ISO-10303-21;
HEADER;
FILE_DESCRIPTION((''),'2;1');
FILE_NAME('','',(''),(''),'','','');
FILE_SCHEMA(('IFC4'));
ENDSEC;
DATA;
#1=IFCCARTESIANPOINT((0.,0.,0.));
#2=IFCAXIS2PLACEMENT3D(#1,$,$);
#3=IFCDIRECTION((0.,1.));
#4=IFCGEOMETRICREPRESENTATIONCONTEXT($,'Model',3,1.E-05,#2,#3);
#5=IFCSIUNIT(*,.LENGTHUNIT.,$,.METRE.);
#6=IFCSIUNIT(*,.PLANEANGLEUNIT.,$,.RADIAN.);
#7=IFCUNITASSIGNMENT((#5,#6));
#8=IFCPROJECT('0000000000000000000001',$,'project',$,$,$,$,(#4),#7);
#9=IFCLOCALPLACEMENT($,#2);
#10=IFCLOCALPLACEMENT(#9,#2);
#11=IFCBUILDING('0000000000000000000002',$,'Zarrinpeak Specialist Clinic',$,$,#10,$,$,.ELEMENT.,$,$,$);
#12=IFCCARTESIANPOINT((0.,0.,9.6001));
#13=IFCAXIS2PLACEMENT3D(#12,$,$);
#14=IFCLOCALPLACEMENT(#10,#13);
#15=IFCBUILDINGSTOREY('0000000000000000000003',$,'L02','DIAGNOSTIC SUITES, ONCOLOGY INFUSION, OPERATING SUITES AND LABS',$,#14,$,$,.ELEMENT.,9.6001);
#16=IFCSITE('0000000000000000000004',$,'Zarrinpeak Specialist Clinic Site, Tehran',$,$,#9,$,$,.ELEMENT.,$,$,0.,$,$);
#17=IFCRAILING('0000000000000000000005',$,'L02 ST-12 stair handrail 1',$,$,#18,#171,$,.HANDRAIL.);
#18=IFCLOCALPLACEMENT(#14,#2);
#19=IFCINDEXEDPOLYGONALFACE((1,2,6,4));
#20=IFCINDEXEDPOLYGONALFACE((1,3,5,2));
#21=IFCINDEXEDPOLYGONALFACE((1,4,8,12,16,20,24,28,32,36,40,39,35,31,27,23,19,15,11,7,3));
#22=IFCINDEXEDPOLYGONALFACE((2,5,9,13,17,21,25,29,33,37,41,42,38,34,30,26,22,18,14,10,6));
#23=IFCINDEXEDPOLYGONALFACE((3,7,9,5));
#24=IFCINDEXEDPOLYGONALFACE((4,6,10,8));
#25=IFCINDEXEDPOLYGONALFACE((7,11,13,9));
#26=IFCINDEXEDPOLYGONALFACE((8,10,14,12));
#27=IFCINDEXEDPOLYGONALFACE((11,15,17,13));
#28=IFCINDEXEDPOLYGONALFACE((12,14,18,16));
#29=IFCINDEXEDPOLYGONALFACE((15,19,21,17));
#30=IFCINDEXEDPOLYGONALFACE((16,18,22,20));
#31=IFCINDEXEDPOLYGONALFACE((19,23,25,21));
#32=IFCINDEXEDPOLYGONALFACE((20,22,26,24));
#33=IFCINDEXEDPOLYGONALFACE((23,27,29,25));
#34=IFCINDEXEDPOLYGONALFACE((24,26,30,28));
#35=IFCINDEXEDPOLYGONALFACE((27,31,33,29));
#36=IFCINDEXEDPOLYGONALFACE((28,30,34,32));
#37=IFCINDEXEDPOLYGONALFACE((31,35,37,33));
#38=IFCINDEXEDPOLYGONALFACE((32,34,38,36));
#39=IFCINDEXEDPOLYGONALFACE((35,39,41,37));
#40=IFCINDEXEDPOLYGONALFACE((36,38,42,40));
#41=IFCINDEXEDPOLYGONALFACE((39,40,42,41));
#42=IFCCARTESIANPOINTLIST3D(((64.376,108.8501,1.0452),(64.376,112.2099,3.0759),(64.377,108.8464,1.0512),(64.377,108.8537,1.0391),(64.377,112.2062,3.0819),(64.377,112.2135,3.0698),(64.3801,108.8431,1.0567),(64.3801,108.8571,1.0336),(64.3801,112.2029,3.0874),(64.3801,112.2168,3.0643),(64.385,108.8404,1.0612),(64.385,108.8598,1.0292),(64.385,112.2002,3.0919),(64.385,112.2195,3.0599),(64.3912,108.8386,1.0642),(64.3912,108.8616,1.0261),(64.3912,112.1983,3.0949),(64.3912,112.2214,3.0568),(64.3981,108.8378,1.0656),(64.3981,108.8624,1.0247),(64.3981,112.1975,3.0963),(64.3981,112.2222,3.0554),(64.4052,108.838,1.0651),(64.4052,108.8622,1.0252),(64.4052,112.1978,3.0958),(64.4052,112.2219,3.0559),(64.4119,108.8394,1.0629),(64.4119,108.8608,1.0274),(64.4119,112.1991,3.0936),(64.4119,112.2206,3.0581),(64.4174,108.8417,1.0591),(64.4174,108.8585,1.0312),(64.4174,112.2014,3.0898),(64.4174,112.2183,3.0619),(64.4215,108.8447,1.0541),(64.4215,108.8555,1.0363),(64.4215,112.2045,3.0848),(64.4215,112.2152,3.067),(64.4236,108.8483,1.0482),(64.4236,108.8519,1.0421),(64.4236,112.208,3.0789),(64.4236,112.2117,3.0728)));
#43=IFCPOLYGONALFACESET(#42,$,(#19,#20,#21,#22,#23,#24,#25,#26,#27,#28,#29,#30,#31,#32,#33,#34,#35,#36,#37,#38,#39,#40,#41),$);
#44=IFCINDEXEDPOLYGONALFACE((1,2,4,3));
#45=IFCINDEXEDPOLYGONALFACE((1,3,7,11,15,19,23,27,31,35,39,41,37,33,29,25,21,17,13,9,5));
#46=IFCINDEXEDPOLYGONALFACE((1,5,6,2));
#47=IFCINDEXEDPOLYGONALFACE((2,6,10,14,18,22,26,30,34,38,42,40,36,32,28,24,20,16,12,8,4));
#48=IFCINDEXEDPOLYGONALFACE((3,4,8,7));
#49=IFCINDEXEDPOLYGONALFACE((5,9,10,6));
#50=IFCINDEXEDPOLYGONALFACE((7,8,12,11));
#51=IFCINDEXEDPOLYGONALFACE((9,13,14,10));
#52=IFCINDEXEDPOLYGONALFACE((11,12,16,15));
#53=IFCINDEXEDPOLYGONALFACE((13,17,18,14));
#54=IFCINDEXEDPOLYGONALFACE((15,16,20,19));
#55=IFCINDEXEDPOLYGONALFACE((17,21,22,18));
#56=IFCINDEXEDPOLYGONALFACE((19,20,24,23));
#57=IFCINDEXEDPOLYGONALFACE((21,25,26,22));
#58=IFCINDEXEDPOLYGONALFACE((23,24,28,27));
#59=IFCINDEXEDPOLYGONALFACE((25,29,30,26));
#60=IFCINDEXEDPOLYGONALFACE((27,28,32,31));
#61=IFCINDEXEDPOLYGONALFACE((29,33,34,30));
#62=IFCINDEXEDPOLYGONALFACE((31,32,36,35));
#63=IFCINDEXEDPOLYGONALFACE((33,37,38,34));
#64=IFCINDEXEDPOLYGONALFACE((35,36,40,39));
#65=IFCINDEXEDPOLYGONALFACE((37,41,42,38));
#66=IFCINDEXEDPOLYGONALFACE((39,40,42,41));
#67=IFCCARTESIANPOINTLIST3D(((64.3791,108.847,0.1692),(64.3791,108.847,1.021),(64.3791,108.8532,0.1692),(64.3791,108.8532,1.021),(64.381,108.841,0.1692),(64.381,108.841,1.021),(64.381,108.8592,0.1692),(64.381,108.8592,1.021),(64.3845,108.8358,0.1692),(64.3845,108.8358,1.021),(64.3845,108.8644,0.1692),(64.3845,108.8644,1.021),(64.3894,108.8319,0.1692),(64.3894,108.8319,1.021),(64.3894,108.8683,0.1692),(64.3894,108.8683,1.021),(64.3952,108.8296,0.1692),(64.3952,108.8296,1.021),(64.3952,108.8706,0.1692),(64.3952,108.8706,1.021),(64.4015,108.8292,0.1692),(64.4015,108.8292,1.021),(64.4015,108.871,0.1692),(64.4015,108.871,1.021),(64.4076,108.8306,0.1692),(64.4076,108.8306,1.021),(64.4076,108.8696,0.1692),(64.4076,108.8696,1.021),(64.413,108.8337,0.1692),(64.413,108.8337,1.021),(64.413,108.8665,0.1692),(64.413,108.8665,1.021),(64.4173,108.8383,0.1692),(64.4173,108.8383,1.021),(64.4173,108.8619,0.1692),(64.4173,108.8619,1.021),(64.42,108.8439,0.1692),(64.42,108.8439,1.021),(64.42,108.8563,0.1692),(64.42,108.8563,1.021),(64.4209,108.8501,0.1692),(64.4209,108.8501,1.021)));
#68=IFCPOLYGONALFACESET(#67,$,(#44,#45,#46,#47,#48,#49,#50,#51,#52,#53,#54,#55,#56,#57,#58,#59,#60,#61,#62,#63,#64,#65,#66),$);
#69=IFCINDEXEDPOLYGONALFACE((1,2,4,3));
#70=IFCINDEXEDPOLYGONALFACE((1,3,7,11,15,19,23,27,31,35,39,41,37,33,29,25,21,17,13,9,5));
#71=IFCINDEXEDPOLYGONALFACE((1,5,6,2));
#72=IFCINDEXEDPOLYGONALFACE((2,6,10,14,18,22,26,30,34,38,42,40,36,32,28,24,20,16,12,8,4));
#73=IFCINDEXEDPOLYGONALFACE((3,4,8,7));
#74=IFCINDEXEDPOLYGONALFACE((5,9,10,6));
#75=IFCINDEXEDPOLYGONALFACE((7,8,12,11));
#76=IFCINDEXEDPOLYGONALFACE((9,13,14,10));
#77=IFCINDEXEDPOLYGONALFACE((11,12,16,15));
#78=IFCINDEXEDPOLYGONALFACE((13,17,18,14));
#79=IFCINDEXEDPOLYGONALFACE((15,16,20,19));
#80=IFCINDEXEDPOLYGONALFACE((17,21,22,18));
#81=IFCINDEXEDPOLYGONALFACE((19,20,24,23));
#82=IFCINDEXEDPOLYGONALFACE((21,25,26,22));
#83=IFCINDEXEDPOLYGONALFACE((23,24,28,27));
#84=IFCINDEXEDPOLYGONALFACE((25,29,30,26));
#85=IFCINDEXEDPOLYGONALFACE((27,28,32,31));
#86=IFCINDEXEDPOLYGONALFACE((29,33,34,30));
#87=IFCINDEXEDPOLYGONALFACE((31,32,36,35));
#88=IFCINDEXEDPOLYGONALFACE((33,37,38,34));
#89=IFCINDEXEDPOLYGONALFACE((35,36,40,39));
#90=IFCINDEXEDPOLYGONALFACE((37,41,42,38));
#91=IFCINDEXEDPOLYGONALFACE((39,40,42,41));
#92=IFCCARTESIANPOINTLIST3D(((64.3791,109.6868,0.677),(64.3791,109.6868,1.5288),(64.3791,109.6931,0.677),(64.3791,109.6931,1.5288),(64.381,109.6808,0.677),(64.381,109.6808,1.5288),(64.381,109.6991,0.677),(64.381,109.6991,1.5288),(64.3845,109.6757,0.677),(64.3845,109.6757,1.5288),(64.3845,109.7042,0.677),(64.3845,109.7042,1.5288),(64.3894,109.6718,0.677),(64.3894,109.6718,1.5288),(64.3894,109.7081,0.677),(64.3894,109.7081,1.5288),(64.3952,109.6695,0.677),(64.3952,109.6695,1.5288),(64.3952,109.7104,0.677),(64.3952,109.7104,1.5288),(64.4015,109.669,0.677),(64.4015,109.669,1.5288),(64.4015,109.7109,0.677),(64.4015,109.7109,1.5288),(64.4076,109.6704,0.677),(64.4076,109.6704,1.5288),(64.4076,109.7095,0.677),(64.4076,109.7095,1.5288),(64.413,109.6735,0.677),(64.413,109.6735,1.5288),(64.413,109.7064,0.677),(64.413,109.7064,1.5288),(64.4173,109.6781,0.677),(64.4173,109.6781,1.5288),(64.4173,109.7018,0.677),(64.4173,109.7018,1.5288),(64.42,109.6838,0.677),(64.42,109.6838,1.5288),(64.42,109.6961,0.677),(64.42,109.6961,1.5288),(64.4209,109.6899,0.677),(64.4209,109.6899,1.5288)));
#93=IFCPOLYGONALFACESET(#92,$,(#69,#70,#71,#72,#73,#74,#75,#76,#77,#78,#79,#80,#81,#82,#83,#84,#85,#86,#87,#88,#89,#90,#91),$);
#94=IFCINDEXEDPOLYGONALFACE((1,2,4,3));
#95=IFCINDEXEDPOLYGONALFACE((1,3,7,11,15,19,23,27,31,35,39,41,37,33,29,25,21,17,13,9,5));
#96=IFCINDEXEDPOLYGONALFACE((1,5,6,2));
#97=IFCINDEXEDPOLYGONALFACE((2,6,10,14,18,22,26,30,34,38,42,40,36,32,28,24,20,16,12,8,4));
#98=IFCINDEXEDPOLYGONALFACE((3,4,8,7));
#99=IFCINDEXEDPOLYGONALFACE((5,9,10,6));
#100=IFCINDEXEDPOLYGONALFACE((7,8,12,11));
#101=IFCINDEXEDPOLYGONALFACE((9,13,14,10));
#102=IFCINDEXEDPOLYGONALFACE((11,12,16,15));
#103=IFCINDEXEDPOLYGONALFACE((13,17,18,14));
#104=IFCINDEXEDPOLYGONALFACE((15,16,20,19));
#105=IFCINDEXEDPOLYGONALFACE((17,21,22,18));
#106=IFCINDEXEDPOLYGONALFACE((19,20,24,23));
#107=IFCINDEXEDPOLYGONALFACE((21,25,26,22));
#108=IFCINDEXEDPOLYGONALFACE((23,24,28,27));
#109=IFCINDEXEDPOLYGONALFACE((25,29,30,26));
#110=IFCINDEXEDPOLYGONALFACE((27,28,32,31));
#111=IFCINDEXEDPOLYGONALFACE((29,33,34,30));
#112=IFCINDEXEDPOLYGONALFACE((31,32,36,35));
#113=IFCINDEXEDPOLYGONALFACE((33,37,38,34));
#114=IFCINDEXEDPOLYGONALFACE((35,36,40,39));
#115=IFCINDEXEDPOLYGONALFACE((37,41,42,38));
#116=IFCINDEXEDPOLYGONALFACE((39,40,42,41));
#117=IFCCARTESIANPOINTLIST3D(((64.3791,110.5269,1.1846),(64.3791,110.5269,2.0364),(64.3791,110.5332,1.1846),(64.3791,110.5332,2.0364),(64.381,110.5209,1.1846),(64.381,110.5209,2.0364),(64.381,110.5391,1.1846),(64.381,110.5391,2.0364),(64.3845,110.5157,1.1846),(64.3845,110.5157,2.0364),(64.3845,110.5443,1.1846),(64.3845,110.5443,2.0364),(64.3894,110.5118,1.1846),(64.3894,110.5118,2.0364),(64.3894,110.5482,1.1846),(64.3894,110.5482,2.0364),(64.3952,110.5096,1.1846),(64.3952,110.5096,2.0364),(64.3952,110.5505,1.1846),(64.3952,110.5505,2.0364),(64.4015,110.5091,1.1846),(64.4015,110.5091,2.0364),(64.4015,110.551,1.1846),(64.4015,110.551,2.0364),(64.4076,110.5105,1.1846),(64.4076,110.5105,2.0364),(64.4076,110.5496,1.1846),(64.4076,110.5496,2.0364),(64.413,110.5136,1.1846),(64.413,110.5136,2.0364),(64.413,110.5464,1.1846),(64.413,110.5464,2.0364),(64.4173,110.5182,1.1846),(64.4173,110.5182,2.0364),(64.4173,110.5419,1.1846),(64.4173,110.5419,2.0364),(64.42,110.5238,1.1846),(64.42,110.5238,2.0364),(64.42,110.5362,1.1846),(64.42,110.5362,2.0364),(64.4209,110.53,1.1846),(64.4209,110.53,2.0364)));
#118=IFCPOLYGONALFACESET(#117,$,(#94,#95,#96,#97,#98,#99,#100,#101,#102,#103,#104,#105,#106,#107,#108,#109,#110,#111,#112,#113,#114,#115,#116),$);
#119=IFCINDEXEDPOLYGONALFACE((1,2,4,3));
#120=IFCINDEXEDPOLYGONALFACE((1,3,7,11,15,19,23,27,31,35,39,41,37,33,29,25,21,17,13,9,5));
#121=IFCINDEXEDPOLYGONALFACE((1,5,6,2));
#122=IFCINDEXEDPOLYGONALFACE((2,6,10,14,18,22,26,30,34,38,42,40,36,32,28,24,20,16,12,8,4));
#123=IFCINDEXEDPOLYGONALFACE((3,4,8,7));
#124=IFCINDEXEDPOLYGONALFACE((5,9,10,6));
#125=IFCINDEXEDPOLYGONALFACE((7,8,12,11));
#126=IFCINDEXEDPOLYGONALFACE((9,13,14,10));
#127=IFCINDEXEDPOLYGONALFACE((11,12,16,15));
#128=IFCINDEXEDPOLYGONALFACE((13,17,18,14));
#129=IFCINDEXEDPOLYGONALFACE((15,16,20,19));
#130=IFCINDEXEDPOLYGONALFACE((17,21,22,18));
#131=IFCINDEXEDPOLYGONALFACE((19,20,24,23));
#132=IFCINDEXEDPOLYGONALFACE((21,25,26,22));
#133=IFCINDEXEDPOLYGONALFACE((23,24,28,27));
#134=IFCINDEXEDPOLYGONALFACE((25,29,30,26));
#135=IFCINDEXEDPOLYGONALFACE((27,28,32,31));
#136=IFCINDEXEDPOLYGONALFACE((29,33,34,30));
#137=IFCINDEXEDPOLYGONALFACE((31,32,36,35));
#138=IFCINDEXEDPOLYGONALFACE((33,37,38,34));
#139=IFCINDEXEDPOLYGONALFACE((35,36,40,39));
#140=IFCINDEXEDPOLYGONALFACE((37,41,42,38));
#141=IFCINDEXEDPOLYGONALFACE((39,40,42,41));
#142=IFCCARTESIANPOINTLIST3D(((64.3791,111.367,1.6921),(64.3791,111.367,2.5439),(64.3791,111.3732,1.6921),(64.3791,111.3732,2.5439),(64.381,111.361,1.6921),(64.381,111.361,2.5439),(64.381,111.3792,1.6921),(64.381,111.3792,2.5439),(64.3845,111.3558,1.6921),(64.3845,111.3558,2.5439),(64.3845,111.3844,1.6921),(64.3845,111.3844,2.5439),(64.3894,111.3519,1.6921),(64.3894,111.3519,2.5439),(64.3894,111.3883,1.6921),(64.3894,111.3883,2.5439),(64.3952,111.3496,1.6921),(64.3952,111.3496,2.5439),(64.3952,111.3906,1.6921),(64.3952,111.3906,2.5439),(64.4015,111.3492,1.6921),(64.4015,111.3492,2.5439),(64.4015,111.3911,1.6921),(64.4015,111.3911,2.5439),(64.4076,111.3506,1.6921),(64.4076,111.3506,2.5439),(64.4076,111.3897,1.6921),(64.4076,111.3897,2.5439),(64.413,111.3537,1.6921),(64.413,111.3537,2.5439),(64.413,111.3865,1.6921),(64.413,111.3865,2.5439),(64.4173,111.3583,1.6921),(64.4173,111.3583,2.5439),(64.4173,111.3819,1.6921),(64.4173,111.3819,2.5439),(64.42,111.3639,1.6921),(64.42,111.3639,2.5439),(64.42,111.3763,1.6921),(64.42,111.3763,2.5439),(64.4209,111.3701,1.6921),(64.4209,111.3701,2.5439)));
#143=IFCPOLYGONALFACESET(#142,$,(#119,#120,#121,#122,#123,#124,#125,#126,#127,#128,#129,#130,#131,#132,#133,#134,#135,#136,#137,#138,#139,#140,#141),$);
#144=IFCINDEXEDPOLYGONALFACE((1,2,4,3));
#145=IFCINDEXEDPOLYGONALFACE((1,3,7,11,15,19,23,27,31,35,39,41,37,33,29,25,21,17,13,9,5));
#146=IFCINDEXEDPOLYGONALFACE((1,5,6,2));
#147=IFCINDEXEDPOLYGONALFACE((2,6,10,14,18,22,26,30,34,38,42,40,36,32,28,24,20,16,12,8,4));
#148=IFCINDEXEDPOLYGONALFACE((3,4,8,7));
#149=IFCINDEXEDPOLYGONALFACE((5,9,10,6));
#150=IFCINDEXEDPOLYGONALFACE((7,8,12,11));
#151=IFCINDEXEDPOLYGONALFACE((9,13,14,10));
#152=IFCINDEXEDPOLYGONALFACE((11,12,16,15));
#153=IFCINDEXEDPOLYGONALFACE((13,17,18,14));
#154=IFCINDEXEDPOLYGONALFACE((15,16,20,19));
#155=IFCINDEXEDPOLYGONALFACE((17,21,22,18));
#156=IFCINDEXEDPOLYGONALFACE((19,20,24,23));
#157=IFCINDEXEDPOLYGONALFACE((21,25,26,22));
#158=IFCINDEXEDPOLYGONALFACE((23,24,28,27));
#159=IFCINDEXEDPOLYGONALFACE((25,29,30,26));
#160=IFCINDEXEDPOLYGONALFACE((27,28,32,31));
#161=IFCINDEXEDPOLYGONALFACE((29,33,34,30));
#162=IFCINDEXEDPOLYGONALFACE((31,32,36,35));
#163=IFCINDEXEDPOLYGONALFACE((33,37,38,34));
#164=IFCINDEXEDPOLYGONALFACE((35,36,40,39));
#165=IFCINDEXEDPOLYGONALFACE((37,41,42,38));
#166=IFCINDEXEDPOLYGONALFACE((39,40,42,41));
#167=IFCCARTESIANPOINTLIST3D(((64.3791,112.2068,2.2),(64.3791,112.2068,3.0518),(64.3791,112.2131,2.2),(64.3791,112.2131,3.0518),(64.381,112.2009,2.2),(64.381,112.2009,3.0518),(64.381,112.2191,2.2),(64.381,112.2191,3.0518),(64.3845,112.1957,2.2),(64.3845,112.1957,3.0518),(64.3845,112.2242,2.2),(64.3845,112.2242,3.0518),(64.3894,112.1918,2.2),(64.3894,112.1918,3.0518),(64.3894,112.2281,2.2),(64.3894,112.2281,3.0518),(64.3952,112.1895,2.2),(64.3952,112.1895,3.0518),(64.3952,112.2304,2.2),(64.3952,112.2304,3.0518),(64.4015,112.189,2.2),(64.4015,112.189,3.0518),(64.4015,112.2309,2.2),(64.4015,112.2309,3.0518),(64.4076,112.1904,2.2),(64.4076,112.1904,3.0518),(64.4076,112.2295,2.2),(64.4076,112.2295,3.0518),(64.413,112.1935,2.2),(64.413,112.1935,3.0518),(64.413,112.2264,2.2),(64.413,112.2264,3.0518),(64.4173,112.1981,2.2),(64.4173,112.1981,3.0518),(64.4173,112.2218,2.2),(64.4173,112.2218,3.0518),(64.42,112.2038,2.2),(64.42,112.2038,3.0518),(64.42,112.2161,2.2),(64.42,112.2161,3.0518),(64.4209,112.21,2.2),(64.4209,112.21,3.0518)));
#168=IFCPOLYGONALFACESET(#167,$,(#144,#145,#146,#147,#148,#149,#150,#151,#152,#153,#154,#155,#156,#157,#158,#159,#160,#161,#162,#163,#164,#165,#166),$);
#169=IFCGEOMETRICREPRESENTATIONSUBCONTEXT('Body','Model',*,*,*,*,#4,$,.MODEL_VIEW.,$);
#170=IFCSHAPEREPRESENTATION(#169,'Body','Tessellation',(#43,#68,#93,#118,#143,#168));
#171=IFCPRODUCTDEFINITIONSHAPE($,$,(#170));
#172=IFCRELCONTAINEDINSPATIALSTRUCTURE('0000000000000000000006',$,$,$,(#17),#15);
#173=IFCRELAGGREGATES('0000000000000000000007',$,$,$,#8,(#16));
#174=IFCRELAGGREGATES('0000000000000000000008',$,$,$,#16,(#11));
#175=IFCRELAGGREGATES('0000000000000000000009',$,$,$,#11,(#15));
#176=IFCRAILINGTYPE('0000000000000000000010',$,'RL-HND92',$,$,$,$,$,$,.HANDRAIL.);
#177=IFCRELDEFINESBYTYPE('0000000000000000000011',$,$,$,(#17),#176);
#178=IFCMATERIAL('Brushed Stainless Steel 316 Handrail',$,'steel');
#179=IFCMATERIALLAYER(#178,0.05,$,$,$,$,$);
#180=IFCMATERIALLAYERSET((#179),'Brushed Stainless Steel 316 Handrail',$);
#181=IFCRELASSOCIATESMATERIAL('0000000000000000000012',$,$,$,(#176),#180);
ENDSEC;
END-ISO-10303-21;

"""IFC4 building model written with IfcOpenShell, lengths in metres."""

from ifc_helpers import new_model, si_unit, direction, frame, origin, origin_2d, place, context, subcontext, project, spatial, circle, extrude, material, layer, layer_set, type_object, element, save


model = new_model("IFC4")

# Units and contexts
model_context = context("Model", 3, precision=1e-05, world=origin(), true_north=direction((0.0, 1.0)))
body_context = subcontext(model_context, "Body", "Model", "MODEL_VIEW")
ifc_project = project(units=[si_unit("LENGTHUNIT", "METRE"), si_unit("PLANEANGLEUNIT", "RADIAN")], contexts=[model_context])

# Site, building, storey
site_placement = place(None, origin())
site = spatial("IfcSite", under=ifc_project, at=site_placement, Name="Zarrinpeak Specialist Clinic Site, Tehran", CompositionType="ELEMENT", RefElevation=0.0)
building_placement = place(site_placement, origin())
building = spatial("IfcBuilding", under=site, at=building_placement, Name="Zarrinpeak Specialist Clinic", CompositionType="ELEMENT")
storey_placement = place(building_placement, frame((0.0, 0.0, 9.6001)))
storey = spatial("IfcBuildingStorey", under=building, at=storey_placement, Name="L02", Description="DIAGNOSTIC SUITES, ONCOLOGY INFUSION, OPERATING SUITES AND LABS", CompositionType="ELEMENT", Elevation=9.6001)

# Railing
ifc_material_1 = material(Name="Brushed Stainless Steel 316 Handrail", Category="steel")
ifc_layer_1 = layer(ifc_material_1, 0.05)
ifc_layer_set_1 = layer_set([ifc_layer_1], Name="Brushed Stainless Steel 316 Handrail")
railing_type_1 = type_object("IfcRailingType", Name="RL-HND92", PredefinedType="HANDRAIL", material=ifc_layer_set_1)
railing_1_placement = place(storey_placement, frame((64.3999, 108.8501, 0.1692)))
element("IfcRailing", 1, at=railing_1_placement, inside=storey, type_object=railing_type_1, Name="L02 ST-12 stair handrail 1", PredefinedType="HANDRAIL", context=body_context, shape_type="SweptSolid", body=[
    extrude(circle(Radius=0.0239, at=origin_2d()), frame((0.0, 0.0, 0.876), z_axis=(0.0, 0.85582, 0.517273), x_axis=(-1.0, 0.0, 0.0)), (0.0, 0.0, 1.0), 3.9258),
    extrude(circle(Radius=0.021, at=origin_2d()), origin(), (0.0, 0.0, 1.0), 0.8518),
    extrude(circle(Radius=0.021, at=origin_2d()), frame((0.0, 0.8398, 0.5078)), (0.0, 0.0, 1.0), 0.8518),
    extrude(circle(Radius=0.021, at=origin_2d()), frame((0.0, 1.6799, 1.0154)), (0.0, 0.0, 1.0), 0.8518),
    extrude(circle(Radius=0.021, at=origin_2d()), frame((0.0, 2.52, 1.5229)), (0.0, 0.0, 1.0), 0.8518),
    extrude(circle(Radius=0.021, at=origin_2d()), frame((0.0, 3.3599, 2.0308)), (0.0, 0.0, 1.0), 0.8518),
])

save(model, "model.ifc")
